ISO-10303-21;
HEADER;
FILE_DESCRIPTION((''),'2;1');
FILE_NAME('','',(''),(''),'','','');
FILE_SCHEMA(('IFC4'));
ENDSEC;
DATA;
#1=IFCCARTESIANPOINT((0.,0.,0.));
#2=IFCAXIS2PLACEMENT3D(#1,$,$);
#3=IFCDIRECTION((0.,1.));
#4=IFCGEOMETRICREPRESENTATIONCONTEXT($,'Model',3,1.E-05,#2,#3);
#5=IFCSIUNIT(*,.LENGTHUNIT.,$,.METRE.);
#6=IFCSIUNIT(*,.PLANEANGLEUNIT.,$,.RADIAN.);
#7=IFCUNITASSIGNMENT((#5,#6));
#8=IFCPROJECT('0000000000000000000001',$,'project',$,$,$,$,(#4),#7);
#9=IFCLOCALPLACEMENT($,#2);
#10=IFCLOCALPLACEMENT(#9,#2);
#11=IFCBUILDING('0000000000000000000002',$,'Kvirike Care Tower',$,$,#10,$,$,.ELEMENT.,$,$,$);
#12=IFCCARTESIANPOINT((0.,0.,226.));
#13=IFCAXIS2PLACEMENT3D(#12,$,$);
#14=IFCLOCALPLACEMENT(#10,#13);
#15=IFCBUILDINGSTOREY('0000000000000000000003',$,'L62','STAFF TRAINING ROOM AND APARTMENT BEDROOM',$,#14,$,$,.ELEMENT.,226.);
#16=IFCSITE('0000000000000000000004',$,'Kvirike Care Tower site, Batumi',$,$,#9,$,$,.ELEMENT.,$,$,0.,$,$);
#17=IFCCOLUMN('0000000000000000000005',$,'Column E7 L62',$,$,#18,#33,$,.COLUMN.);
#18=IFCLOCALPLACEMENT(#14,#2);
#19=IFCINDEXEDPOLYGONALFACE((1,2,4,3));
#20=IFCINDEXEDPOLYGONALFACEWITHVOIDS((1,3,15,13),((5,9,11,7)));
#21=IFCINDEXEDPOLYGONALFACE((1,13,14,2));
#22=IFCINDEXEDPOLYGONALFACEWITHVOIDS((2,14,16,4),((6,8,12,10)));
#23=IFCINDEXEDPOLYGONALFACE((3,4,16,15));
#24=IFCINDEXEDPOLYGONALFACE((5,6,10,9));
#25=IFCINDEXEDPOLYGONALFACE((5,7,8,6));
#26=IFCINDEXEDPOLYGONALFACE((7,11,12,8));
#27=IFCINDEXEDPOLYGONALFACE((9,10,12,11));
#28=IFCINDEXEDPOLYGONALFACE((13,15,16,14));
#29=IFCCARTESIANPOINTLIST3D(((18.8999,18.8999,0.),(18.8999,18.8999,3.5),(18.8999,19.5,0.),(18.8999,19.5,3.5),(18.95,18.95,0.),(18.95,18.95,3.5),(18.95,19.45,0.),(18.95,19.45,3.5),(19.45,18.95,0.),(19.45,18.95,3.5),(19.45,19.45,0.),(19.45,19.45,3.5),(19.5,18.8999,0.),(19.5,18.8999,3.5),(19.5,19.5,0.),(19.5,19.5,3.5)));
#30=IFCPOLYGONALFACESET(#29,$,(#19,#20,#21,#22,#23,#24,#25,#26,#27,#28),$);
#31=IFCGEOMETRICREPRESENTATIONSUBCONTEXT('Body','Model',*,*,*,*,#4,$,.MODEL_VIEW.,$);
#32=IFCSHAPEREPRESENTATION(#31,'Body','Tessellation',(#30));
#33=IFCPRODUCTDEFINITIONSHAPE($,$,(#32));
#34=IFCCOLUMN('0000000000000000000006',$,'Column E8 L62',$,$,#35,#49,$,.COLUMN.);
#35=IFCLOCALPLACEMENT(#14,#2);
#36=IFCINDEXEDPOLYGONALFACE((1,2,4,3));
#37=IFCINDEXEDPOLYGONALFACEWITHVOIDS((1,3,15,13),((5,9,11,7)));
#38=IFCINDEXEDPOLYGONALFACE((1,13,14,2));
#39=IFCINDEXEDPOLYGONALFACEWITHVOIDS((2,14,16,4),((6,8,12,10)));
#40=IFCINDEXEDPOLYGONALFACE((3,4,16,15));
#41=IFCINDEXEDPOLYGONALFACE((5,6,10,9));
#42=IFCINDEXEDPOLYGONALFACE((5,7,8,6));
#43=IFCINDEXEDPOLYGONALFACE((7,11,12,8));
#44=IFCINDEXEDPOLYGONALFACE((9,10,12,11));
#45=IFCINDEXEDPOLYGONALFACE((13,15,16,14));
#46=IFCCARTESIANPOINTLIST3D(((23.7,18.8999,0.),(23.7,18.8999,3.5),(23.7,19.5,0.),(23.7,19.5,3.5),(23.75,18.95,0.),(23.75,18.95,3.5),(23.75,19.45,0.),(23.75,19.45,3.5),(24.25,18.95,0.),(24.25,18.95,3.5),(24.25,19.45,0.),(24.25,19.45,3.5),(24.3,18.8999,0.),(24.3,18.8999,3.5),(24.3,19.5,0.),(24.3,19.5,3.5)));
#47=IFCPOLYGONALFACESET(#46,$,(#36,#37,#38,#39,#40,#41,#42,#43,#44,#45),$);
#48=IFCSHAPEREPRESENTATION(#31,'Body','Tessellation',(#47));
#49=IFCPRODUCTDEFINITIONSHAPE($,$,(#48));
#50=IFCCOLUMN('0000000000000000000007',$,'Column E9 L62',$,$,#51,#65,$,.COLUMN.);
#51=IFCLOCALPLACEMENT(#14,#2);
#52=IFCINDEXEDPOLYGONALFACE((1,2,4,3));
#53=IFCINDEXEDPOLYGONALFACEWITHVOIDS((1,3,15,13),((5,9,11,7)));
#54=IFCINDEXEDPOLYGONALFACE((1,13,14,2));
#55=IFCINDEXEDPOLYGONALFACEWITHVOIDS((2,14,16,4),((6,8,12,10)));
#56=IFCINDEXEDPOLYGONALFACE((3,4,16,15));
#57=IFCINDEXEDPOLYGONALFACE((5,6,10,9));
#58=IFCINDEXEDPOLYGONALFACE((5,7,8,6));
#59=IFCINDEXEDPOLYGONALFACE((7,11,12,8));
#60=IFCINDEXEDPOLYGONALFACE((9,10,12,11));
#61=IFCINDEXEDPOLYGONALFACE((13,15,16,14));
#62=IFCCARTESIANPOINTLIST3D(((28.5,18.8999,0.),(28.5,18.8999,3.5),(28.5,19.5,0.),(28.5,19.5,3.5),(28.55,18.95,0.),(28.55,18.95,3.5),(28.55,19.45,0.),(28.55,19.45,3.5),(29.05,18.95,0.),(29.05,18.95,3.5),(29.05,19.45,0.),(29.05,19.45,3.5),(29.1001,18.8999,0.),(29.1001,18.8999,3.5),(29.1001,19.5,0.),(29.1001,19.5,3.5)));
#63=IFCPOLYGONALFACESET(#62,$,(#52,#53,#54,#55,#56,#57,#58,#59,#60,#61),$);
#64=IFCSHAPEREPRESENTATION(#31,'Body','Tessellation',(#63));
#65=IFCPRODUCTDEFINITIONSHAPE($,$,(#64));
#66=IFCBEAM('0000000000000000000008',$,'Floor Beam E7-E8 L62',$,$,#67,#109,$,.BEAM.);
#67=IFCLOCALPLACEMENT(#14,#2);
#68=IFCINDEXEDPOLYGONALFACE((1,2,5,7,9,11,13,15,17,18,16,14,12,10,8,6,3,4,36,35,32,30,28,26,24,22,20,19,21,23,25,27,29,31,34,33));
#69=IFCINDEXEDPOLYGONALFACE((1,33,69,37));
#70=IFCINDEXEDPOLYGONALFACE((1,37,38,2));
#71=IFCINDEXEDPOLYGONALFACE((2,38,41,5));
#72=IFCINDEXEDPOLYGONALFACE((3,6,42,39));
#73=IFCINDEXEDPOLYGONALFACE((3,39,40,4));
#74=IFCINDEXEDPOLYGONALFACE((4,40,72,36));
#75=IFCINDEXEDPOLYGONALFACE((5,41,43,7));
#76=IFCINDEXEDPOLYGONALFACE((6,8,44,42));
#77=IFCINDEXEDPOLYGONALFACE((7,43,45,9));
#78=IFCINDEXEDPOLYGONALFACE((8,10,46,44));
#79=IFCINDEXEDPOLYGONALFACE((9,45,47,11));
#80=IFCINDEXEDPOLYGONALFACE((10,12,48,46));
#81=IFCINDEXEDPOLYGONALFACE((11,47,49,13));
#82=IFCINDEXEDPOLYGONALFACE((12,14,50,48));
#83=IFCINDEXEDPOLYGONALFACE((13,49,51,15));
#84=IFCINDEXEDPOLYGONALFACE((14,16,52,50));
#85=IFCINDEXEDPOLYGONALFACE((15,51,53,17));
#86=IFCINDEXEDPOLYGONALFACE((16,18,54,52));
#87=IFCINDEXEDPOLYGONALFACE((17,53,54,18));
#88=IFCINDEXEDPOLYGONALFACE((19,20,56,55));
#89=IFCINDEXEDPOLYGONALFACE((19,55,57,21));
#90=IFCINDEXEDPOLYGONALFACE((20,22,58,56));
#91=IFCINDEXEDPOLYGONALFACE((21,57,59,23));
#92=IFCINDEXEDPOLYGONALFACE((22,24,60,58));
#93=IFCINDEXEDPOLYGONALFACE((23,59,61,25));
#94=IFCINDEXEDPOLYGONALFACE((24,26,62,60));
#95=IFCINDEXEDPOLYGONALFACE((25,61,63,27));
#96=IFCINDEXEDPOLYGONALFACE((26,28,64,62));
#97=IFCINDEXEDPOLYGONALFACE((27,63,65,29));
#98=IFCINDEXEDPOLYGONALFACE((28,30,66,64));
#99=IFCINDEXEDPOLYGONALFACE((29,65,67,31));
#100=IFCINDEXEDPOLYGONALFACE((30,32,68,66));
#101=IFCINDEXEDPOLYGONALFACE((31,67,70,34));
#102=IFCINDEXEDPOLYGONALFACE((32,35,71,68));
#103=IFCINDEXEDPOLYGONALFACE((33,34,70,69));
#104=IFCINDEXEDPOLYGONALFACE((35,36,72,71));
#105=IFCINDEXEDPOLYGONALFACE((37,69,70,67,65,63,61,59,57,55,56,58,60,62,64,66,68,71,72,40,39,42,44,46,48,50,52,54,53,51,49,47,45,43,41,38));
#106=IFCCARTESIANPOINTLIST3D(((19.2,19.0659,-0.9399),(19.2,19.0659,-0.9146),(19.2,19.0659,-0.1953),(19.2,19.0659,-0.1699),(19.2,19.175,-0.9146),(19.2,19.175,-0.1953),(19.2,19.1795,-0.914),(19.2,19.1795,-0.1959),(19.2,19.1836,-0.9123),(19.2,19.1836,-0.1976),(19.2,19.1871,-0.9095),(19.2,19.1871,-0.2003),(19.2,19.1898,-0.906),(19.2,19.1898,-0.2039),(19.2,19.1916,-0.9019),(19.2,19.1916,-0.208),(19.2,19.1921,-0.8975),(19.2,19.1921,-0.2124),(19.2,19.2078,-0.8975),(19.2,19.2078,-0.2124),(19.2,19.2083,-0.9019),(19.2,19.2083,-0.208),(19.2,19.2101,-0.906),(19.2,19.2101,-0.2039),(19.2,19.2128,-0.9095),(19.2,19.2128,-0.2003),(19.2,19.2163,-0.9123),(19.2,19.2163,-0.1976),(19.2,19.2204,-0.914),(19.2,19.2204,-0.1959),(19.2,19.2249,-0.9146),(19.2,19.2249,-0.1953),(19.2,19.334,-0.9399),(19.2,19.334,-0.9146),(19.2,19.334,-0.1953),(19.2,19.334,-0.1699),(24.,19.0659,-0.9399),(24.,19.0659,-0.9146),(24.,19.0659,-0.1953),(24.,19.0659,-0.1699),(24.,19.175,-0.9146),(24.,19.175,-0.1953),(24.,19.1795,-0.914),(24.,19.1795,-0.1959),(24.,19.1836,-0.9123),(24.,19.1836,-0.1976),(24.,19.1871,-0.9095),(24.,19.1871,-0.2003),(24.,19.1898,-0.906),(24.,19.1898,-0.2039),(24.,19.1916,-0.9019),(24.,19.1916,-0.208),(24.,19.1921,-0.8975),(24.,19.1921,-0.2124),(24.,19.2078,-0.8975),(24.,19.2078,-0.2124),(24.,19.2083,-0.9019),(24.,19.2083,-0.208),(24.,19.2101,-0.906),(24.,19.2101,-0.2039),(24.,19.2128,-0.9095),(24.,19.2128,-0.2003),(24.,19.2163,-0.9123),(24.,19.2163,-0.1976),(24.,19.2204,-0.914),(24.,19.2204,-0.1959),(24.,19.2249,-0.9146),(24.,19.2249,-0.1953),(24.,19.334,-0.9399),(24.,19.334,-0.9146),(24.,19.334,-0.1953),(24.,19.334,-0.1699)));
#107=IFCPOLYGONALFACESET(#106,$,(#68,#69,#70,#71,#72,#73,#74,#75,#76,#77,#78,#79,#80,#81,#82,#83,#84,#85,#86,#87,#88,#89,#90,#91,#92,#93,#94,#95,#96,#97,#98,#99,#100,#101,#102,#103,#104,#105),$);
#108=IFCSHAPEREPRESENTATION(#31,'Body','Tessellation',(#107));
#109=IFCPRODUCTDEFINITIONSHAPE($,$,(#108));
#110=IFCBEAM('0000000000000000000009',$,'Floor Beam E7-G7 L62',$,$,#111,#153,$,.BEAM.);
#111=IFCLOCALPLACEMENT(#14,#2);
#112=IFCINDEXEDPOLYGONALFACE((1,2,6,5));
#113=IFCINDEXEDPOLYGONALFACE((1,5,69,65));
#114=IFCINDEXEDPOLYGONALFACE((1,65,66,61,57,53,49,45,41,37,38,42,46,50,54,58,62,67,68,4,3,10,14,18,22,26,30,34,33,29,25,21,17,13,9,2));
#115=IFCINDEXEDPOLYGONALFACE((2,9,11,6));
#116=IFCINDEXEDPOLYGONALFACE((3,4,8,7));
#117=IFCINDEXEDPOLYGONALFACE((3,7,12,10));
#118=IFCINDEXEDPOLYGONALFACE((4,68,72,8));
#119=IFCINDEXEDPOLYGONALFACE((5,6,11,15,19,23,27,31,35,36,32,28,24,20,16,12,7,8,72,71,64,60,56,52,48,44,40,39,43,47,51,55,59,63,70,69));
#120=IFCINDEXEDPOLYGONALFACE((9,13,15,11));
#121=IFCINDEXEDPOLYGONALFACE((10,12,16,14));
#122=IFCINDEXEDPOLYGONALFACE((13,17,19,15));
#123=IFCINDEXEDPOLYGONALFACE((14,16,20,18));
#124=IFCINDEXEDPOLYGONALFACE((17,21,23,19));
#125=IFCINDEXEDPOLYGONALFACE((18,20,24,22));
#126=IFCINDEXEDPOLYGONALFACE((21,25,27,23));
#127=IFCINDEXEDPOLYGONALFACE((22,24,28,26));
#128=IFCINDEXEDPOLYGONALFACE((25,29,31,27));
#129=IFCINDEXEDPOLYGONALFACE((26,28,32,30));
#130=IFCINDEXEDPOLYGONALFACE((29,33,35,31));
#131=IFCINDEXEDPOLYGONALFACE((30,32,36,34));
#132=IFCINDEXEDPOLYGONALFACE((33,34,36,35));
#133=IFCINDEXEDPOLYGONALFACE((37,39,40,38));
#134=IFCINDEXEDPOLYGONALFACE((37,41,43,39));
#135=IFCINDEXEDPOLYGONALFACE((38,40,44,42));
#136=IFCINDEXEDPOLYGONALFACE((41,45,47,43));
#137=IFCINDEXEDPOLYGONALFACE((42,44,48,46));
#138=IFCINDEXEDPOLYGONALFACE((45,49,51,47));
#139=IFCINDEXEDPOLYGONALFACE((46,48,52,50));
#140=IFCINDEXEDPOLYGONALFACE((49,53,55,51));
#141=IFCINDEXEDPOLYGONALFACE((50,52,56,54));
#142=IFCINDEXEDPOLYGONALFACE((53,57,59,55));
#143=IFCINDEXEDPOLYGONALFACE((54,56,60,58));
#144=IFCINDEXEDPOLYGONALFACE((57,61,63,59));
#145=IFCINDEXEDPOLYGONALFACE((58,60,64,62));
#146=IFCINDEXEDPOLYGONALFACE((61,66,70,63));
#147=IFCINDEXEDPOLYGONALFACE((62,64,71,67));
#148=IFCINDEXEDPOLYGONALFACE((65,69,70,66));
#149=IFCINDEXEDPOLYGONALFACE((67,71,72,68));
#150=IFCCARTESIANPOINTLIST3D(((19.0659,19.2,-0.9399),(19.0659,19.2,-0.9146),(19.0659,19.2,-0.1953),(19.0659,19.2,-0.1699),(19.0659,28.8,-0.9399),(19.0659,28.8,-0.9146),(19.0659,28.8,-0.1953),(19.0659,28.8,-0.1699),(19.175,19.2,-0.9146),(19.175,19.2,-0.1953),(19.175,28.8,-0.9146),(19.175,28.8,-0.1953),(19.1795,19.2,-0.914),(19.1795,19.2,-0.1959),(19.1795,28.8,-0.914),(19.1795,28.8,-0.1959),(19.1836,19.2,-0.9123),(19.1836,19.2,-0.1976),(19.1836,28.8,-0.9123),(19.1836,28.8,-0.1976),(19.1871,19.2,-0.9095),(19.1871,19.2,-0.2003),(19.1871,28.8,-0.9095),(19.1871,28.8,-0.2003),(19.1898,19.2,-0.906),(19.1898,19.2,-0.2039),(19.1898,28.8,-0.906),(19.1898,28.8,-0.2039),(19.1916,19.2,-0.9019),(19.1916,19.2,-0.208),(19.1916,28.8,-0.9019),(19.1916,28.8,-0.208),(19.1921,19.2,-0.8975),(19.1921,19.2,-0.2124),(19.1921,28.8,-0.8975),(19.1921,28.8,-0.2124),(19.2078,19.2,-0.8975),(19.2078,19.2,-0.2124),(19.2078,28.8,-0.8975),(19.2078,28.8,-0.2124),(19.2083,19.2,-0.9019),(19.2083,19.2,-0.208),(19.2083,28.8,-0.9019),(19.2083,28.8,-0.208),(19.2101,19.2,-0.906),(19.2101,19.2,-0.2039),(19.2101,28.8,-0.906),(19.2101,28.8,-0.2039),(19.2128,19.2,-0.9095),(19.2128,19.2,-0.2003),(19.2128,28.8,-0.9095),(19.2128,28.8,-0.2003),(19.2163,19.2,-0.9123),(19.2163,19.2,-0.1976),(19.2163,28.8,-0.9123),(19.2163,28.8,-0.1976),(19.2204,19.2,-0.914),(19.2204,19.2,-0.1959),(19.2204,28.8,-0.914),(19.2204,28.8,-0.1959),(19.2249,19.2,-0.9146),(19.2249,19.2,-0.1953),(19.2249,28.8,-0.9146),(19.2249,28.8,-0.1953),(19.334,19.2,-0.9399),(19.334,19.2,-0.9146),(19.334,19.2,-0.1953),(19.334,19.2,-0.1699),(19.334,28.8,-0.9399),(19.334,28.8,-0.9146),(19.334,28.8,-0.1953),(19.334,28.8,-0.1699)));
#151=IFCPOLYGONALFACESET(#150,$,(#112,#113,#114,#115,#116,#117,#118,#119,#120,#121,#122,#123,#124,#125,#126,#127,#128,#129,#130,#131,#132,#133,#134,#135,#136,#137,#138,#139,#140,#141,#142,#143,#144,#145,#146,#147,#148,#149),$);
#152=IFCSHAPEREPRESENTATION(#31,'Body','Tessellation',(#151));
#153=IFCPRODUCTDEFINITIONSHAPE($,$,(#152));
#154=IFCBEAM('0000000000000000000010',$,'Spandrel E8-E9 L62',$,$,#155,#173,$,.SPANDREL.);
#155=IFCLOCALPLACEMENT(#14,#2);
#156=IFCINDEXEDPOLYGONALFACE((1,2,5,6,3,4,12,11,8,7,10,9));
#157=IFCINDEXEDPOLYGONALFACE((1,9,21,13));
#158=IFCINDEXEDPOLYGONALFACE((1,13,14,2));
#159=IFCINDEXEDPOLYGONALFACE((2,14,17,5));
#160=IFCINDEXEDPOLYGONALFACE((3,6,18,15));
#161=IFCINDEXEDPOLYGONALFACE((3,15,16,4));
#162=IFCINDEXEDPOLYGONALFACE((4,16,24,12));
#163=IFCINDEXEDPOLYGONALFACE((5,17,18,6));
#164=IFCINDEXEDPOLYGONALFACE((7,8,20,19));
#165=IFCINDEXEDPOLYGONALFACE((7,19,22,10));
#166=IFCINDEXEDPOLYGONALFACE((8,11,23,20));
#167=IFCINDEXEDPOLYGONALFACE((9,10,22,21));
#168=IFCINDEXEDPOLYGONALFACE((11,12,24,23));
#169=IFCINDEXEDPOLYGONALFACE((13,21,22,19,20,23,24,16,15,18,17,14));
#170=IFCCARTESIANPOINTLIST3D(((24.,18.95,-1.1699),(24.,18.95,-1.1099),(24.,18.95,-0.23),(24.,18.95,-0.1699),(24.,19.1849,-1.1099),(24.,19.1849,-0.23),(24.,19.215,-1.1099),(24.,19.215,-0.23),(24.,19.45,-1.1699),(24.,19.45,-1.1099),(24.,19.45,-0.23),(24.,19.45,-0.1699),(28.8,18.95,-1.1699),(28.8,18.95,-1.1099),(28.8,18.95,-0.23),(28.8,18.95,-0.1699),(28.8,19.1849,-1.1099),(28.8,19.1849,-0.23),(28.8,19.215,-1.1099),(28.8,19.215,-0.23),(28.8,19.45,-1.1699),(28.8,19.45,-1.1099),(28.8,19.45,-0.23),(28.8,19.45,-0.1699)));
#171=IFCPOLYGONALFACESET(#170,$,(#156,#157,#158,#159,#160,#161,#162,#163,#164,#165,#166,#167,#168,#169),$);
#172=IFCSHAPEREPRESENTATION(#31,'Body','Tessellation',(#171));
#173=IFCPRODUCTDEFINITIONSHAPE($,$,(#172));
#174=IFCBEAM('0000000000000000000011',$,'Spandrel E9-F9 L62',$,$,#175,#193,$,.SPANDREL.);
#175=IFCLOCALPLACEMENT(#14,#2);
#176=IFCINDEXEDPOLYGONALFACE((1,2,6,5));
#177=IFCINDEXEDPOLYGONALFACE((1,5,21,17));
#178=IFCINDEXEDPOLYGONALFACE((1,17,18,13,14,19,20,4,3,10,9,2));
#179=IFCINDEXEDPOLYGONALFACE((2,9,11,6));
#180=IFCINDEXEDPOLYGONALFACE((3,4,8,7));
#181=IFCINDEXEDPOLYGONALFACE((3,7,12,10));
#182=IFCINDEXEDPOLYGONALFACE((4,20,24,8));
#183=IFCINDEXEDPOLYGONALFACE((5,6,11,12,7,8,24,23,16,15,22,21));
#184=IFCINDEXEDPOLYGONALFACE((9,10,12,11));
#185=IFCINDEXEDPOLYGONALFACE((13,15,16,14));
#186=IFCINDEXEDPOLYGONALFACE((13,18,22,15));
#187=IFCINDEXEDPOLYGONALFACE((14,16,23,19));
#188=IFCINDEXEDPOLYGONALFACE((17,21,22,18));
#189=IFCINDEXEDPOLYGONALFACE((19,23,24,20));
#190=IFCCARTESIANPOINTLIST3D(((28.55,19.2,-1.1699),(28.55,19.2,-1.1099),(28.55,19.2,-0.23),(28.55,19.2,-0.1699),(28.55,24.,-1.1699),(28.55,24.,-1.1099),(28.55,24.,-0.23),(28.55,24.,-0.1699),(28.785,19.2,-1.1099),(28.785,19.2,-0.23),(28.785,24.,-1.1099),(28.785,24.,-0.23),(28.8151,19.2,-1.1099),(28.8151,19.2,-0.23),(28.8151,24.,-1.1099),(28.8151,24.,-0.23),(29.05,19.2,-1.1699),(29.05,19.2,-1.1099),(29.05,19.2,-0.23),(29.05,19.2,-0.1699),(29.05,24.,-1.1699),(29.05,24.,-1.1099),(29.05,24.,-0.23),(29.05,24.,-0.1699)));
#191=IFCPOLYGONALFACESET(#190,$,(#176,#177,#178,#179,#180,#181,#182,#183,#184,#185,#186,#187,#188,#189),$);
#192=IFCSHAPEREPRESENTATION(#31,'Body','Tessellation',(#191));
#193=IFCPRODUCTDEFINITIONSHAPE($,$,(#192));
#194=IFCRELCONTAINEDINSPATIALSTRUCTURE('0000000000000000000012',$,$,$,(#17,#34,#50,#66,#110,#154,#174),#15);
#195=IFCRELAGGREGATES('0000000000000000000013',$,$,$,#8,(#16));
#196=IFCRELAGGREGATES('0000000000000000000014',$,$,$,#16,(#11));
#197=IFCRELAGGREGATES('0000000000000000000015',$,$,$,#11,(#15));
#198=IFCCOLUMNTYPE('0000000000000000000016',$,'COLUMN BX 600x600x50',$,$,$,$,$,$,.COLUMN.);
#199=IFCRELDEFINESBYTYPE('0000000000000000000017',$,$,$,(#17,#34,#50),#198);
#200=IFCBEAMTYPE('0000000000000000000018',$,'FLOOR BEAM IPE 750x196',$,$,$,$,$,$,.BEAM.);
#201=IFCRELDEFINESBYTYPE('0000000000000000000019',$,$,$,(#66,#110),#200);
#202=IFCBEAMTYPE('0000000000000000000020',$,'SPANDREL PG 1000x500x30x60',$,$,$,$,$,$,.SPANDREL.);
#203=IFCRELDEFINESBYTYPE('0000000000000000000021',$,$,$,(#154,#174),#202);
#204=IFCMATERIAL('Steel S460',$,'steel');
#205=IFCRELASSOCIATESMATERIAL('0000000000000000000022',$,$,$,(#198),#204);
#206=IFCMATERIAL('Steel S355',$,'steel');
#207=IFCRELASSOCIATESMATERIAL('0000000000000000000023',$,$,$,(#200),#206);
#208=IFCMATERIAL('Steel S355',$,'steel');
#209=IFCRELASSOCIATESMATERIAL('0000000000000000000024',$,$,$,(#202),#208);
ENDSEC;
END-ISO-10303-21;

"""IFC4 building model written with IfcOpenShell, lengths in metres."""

from ifc_helpers import new_model, si_unit, direction, frame, origin, origin_2d, place, context, subcontext, project, spatial, hollow_rectangle, i_section, extrude, material, material_profile, profile_set, type_object, element, save


model = new_model("IFC4")

# Units and contexts
model_context = context("Model", 3, precision=1e-05, world=origin(), true_north=direction((0.0, 1.0)))
body_context = subcontext(model_context, "Body", "Model", "MODEL_VIEW")
ifc_project = project(units=[si_unit("LENGTHUNIT", "METRE"), si_unit("PLANEANGLEUNIT", "RADIAN")], contexts=[model_context])

# Site, building, storey
site_placement = place(None, origin())
site = spatial("IfcSite", under=ifc_project, at=site_placement, Name="Kvirike Care Tower site, Batumi", CompositionType="ELEMENT", RefElevation=0.0)
building_placement = place(site_placement, origin())
building = spatial("IfcBuilding", under=site, at=building_placement, Name="Kvirike Care Tower", CompositionType="ELEMENT")
storey_placement = place(building_placement, frame((0.0, 0.0, 226.0)))
storey = spatial("IfcBuildingStorey", under=building, at=storey_placement, Name="L62", Description="STAFF TRAINING ROOM AND APARTMENT BEDROOM", CompositionType="ELEMENT", Elevation=226.0)

# Columns
ifc_material_1 = material(Name="Steel S460", Category="steel")
ifc_material_profile_1 = material_profile(ifc_material_1, hollow_rectangle(XDim=0.6001, YDim=0.6001, WallThickness=0.05, at=origin_2d()), Name="BX 600x600x50")
ifc_profile_set_1 = profile_set([ifc_material_profile_1], Name="Steel S460")
column_type = type_object("IfcColumnType", Name="COLUMN BX 600x600x50", PredefinedType="COLUMN", material=ifc_profile_set_1)
for number, where, z_axis, x_axis, name in (
    (1, (19.2, 19.2, 0.0), (0.0, 0.0, 1.0), (0.0, 1.0, 0.0), "Column E7 L62"),
    (2, (24.0, 19.2, 0.0), (0.0, 0.0, 1.0), (0.0, 1.0, 0.0), "Column E8 L62"),
    (3, (28.8, 19.2, 0.0), (0.0, 0.0, 1.0), (0.0, 1.0, 0.0), "Column E9 L62"),
):
    element("IfcColumn", number, at=place(storey_placement, frame(where, z_axis=z_axis, x_axis=x_axis)), inside=storey, type_object=column_type, Name=name, PredefinedType="COLUMN", context=body_context, shape_type="SweptSolid", body=[
        extrude(hollow_rectangle(XDim=0.6001, YDim=0.6001, WallThickness=0.05, at=origin_2d()), origin(), (0.0, 0.0, 1.0), 3.5),
    ])

# Beams
ifc_material_2 = material(Name="Steel S355", Category="steel")
ifc_material_profile_2 = material_profile(ifc_material_2, i_section(OverallWidth=0.2681, OverallDepth=0.77, WebThickness=0.0156, FlangeThickness=0.0254, FilletRadius=0.0171, at=origin_2d()), Name="IPE 750x196")
ifc_profile_set_2 = profile_set([ifc_material_profile_2], Name="Steel S355")
beam_type_1 = type_object("IfcBeamType", Name="FLOOR BEAM IPE 750x196", PredefinedType="BEAM", material=ifc_profile_set_2)
beam_1_placement = place(storey_placement, frame((19.2, 19.2, -0.5549), z_axis=(1.0, 0.0, 0.0), x_axis=(0.0, 1.0, 0.0)))
element("IfcBeam", 4, at=beam_1_placement, inside=storey, type_object=beam_type_1, Name="Floor Beam E7-E8 L62", PredefinedType="BEAM", context=body_context, shape_type="SweptSolid", body=[
    extrude(i_section(OverallWidth=0.2681, OverallDepth=0.77, WebThickness=0.0156, FlangeThickness=0.0254, FilletRadius=0.0171, at=origin_2d()), origin(), (0.0, 0.0, 1.0), 4.8),
])
beam_2_placement = place(storey_placement, frame((19.2, 19.2, -0.5549), z_axis=(0.0, 1.0, 0.0), x_axis=(-1.0, 0.0, 0.0)))
element("IfcBeam", 5, at=beam_2_placement, inside=storey, type_object=beam_type_1, Name="Floor Beam E7-G7 L62", PredefinedType="BEAM", context=body_context, shape_type="SweptSolid", body=[
    extrude(i_section(OverallWidth=0.2681, OverallDepth=0.77, WebThickness=0.0156, FlangeThickness=0.0254, FilletRadius=0.0171, at=origin_2d()), origin(), (0.0, 0.0, 1.0), 9.6001),
])
ifc_material_3 = material(Name="Steel S355", Category="steel")
ifc_material_profile_3 = material_profile(ifc_material_3, i_section(OverallWidth=0.5, OverallDepth=1.0, WebThickness=0.03, FlangeThickness=0.0601, at=origin_2d()), Name="PG 1000x500x30x60")
ifc_profile_set_3 = profile_set([ifc_material_profile_3], Name="Steel S355")
beam_type_2 = type_object("IfcBeamType", Name="SPANDREL PG 1000x500x30x60", PredefinedType="SPANDREL", material=ifc_profile_set_3)
for number, where, z_axis, x_axis, name in (
    (6, (24.0, 19.2, -0.6699), (1.0, 0.0, 0.0), (0.0, 1.0, 0.0), "Spandrel E8-E9 L62"),
    (7, (28.8, 19.2, -0.6699), (0.0, 1.0, 0.0), (-1.0, 0.0, 0.0), "Spandrel E9-F9 L62"),
):
    element("IfcBeam", number, at=place(storey_placement, frame(where, z_axis=z_axis, x_axis=x_axis)), inside=storey, type_object=beam_type_2, Name=name, PredefinedType="SPANDREL", context=body_context, shape_type="SweptSolid", body=[
        extrude(i_section(OverallWidth=0.5, OverallDepth=1.0, WebThickness=0.03, FlangeThickness=0.0601, at=origin_2d()), origin(), (0.0, 0.0, 1.0), 4.8),
    ])

save(model, "model.ifc")
